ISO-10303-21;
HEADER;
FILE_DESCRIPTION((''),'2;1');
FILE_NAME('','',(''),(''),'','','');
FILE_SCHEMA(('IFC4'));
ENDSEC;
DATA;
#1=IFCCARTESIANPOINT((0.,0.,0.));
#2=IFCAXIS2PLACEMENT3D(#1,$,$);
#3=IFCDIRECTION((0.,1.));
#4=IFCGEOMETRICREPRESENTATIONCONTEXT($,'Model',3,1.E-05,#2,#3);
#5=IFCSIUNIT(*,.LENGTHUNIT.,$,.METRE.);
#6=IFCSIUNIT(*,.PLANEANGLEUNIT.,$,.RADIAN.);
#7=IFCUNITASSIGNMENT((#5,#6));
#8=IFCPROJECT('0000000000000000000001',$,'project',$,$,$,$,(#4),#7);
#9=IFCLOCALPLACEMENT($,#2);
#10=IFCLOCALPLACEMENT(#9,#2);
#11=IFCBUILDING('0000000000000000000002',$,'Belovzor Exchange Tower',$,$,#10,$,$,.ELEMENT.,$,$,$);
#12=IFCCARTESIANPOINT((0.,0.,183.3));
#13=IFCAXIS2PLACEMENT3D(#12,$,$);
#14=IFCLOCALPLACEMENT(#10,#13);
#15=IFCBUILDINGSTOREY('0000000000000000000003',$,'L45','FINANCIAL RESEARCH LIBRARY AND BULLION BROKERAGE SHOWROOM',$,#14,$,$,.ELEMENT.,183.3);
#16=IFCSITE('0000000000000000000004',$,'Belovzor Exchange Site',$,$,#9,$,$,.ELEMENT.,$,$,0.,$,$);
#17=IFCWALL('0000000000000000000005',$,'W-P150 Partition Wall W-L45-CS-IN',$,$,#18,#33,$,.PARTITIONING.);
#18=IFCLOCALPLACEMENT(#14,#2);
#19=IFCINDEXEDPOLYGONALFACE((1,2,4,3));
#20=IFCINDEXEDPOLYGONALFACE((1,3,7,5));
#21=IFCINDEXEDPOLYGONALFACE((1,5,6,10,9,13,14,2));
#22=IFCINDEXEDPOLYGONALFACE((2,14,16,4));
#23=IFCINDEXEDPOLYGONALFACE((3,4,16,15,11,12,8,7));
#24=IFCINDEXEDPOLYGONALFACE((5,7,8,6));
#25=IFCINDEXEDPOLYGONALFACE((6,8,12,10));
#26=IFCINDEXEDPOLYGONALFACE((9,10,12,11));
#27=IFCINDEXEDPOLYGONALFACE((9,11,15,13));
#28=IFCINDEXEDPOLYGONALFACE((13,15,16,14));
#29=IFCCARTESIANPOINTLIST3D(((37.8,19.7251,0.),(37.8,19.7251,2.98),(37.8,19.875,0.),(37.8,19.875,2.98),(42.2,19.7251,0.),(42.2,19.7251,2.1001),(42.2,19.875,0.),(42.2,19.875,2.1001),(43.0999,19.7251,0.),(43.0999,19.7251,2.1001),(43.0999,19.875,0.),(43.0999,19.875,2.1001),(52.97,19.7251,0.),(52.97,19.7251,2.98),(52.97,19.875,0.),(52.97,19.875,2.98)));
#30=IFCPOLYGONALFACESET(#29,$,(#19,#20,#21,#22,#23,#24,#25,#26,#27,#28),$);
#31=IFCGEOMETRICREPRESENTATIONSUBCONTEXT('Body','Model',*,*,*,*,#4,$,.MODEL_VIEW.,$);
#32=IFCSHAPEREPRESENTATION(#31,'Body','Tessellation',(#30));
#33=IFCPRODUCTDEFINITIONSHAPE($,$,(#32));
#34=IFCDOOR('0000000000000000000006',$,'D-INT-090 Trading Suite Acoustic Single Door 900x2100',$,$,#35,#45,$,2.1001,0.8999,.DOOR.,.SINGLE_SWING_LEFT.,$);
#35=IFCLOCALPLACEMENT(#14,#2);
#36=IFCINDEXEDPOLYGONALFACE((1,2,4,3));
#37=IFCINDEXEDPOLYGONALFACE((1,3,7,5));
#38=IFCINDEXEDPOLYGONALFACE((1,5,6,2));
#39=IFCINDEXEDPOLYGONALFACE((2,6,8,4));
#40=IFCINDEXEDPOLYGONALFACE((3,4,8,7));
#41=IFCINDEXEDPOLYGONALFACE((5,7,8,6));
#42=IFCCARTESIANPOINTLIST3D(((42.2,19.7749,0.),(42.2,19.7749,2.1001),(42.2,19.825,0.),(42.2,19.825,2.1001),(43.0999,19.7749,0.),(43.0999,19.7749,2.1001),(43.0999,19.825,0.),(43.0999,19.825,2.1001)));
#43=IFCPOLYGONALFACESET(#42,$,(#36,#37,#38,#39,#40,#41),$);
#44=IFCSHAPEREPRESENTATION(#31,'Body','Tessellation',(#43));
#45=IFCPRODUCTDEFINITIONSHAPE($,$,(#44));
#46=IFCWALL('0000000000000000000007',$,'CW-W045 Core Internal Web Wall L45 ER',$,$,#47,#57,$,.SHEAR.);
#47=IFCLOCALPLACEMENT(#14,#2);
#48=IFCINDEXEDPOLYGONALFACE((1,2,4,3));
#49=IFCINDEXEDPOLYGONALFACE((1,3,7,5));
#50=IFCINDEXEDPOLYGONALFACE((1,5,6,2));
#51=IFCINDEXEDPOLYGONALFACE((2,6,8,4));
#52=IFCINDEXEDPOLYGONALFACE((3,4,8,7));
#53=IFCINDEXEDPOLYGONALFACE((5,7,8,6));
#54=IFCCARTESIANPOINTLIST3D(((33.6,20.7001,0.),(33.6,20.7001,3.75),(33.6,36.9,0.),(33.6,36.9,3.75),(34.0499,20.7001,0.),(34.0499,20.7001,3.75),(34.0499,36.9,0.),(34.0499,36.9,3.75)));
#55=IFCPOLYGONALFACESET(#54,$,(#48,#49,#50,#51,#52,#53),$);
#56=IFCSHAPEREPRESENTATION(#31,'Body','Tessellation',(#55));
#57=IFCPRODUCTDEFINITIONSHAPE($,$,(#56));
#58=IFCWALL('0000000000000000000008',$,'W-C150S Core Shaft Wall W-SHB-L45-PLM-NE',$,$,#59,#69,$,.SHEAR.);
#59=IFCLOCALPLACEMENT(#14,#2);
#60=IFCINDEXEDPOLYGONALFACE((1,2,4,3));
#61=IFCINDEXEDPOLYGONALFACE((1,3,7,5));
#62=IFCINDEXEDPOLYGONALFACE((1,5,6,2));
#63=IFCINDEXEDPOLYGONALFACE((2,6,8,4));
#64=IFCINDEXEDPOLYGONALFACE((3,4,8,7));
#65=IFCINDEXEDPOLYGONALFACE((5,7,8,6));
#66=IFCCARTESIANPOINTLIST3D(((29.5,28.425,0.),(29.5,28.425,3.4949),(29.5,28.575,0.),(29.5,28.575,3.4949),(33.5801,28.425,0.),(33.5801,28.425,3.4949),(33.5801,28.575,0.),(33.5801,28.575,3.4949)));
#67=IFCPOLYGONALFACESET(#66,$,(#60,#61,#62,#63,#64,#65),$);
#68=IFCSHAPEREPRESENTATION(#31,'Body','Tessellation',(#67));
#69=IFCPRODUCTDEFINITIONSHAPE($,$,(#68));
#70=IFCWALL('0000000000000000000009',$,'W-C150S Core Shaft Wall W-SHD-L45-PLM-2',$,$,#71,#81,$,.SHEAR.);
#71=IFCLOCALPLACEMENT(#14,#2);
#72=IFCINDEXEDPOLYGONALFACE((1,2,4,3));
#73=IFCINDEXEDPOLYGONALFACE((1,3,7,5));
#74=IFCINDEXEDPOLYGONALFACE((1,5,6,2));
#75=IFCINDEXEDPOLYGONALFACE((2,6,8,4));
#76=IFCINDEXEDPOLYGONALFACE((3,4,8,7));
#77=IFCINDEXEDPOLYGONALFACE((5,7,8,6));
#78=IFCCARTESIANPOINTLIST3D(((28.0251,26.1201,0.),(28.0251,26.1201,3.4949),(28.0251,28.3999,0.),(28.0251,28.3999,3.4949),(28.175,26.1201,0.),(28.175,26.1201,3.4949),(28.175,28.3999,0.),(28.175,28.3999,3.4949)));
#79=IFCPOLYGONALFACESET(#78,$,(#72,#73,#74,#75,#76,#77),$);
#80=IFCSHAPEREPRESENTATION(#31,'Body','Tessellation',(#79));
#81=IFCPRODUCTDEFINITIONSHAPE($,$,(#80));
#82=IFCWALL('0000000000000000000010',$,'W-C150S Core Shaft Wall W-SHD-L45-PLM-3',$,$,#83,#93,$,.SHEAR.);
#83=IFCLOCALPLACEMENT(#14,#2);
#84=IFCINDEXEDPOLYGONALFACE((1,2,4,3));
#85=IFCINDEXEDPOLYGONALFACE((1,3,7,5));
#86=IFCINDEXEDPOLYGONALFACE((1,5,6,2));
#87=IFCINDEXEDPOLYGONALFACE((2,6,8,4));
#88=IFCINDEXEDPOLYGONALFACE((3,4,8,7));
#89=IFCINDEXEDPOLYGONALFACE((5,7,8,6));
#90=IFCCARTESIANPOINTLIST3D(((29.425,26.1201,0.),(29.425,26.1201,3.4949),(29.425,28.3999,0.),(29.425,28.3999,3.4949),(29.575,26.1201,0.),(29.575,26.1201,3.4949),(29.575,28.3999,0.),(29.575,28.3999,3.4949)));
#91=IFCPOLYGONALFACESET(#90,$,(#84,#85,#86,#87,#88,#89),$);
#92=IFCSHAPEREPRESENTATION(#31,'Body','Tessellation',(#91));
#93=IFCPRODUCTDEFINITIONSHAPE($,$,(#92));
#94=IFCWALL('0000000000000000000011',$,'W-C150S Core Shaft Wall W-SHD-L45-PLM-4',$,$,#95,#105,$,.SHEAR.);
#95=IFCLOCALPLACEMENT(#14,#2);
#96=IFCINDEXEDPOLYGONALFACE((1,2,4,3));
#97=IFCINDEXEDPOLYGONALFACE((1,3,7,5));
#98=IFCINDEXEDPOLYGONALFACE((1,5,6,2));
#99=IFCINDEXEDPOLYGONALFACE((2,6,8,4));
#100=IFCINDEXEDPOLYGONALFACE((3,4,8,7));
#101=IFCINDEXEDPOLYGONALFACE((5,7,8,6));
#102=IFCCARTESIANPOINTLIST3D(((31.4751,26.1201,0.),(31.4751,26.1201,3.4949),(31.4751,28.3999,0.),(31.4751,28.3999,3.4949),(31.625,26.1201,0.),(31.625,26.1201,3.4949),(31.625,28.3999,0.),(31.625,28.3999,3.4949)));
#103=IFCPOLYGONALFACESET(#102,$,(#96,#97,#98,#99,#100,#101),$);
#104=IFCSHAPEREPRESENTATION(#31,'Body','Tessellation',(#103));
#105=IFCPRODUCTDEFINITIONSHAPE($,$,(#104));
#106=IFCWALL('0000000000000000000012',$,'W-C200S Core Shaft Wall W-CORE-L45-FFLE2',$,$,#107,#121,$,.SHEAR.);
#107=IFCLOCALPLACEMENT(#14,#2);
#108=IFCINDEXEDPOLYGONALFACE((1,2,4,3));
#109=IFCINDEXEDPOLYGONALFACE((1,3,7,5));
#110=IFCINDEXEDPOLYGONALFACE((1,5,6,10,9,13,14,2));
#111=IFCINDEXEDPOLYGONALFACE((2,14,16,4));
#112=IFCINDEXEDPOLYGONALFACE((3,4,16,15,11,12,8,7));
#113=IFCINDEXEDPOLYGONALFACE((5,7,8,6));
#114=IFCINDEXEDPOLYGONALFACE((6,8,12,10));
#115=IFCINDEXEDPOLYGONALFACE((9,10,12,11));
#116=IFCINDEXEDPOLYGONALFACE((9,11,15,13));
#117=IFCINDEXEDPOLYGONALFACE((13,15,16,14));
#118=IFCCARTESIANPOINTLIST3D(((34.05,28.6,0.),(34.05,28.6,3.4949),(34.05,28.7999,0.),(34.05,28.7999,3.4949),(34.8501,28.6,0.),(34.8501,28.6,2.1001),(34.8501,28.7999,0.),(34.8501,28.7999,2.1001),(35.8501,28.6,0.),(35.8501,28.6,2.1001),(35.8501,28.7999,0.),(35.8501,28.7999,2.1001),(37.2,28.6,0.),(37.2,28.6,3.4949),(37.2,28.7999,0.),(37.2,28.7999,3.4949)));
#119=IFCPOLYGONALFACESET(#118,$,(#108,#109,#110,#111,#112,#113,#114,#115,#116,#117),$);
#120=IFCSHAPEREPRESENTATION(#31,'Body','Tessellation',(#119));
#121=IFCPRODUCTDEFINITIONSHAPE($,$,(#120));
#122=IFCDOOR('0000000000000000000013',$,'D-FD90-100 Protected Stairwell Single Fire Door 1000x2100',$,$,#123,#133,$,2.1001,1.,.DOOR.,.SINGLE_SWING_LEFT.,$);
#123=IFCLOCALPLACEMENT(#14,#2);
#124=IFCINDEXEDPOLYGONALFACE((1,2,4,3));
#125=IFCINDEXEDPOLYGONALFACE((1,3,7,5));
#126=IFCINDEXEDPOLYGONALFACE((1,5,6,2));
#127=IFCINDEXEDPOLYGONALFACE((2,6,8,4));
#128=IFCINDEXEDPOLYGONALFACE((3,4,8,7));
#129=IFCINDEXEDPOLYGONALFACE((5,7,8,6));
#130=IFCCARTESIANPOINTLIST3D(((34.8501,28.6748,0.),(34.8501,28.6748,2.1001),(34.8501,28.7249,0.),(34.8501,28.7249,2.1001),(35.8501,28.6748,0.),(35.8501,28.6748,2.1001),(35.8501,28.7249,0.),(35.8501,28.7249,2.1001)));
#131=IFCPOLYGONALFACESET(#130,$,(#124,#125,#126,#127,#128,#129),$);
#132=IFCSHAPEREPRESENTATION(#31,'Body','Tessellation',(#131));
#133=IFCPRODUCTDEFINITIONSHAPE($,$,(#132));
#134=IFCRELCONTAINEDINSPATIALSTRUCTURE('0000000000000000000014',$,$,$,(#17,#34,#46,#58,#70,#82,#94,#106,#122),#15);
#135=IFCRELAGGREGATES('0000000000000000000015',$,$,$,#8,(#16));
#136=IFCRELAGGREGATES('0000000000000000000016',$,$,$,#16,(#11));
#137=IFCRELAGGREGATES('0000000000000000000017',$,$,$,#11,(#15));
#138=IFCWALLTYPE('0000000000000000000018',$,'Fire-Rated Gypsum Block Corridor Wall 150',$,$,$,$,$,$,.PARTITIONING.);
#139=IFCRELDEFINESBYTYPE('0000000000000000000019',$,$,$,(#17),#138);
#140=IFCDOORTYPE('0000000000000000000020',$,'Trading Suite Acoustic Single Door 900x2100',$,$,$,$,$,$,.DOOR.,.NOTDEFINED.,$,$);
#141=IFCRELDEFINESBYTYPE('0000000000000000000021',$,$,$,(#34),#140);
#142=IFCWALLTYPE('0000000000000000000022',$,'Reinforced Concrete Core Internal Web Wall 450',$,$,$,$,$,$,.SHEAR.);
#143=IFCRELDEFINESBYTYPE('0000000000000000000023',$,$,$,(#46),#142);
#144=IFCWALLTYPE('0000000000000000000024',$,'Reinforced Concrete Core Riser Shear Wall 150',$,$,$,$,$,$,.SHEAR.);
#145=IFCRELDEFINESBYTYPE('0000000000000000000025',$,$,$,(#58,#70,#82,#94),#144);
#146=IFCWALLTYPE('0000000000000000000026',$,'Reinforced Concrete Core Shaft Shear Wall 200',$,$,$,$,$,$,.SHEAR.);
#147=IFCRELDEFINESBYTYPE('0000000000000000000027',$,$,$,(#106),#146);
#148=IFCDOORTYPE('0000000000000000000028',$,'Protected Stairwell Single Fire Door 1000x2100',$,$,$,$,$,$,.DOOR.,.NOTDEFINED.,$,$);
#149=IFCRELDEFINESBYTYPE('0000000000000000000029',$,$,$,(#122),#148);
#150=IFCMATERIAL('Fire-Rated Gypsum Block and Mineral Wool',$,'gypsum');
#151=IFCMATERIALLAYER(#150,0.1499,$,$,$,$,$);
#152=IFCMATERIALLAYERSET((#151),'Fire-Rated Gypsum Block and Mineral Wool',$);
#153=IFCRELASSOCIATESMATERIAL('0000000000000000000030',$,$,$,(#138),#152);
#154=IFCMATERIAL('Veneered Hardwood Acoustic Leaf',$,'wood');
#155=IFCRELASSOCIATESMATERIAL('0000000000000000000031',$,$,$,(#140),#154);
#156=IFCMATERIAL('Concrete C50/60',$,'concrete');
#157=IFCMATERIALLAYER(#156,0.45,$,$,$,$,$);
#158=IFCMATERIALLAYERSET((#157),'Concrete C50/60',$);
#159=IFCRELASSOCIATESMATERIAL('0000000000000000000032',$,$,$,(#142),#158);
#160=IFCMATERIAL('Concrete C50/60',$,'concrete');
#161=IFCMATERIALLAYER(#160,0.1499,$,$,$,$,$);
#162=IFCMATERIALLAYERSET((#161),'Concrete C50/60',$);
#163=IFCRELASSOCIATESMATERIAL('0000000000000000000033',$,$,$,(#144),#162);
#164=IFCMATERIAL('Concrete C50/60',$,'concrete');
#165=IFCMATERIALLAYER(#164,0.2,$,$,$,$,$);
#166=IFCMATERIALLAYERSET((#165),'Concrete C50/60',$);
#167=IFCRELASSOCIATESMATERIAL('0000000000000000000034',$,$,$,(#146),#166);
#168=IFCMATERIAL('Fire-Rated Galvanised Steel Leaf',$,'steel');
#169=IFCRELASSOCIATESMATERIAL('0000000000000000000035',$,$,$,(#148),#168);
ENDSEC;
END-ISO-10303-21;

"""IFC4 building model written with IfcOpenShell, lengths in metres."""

from ifc_helpers import new_model, si_unit, direction, frame, frame_2d, origin, place, context, subcontext, project, spatial, rectangle, extrude, material, layer, layer_set, type_object, element, fill, save


model = new_model("IFC4")

# Units and contexts
model_context = context("Model", 3, precision=1e-05, world=origin(), true_north=direction((0.0, 1.0)))
body_context = subcontext(model_context, "Body", "Model", "MODEL_VIEW")
ifc_project = project(units=[si_unit("LENGTHUNIT", "METRE"), si_unit("PLANEANGLEUNIT", "RADIAN")], contexts=[model_context])

# Site, building, storey
site_placement = place(None, origin())
site = spatial("IfcSite", under=ifc_project, at=site_placement, Name="Belovzor Exchange Site", CompositionType="ELEMENT", RefElevation=0.0)
building_placement = place(site_placement, origin())
building = spatial("IfcBuilding", under=site, at=building_placement, Name="Belovzor Exchange Tower", CompositionType="ELEMENT")
storey_placement = place(building_placement, frame((0.0, 0.0, 183.3)))
storey = spatial("IfcBuildingStorey", under=building, at=storey_placement, Name="L45", Description="FINANCIAL RESEARCH LIBRARY AND BULLION BROKERAGE SHOWROOM", CompositionType="ELEMENT", Elevation=183.3)

# Shared definitions
ifc_material_1 = material(Name="Fire-Rated Gypsum Block and Mineral Wool", Category="gypsum")
ifc_layer_1 = layer(ifc_material_1, 0.1499)
ifc_layer_set_1 = layer_set([ifc_layer_1], Name="Fire-Rated Gypsum Block and Mineral Wool")
wall_type_1 = type_object("IfcWallType", Name="Fire-Rated Gypsum Block Corridor Wall 150", PredefinedType="PARTITIONING", material=ifc_layer_set_1)

# Wall, opening, door
wall_1_placement = place(storey_placement, frame((37.8, 19.8, 0.0), z_axis=(0.0, 0.0, 1.0), x_axis=(1.0, 0.0, 0.0)))
wall_1 = element("IfcWall", 1, at=wall_1_placement, inside=storey, type_object=wall_type_1, Name="W-P150 Partition Wall W-L45-CS-IN", PredefinedType="PARTITIONING", context=body_context, shape_type="SweptSolid", body=[
    extrude(rectangle(XDim=15.1699, YDim=0.1499, at=frame_2d((7.585, 0.0))), origin(), (0.0, 0.0, 1.0), 2.98),
])
opening_1_placement = place(wall_1_placement, frame((4.3999, 0.0, 0.0)))
opening_1 = element("IfcOpeningElement", 2, at=opening_1_placement, cuts=wall_1, PredefinedType="OPENING", context=body_context, shape_type="SweptSolid", body=[
    extrude(rectangle(XDim=0.8999, YDim=2.1001, at=frame_2d((0.45, 1.05))), frame((0.0, 0.085, 0.0), z_axis=(0.0, -1.0, 0.0), x_axis=(1.0, 0.0, 0.0)), (0.0, 0.0, 1.0), 0.1699),
])
ifc_material_2 = material(Name="Veneered Hardwood Acoustic Leaf", Category="wood")
door_type_1 = type_object("IfcDoorType", Name="Trading Suite Acoustic Single Door 900x2100", OperationType="NOTDEFINED", PredefinedType="DOOR", material=ifc_material_2)
door_1_placement = place(opening_1_placement, origin())
door_1 = element("IfcDoor", 3, at=door_1_placement, inside=storey, type_object=door_type_1, Name="D-INT-090 Trading Suite Acoustic Single Door 900x2100", OperationType="SINGLE_SWING_LEFT", OverallHeight=2.1001, OverallWidth=0.8999, PredefinedType="DOOR", context=body_context, shape_type="SweptSolid", body=[
    extrude(rectangle(XDim=0.8999, YDim=2.1001, at=frame_2d((0.45, 1.05))), frame((0.0, 0.0249, 0.0), z_axis=(0.0, -1.0, 0.0), x_axis=(1.0, 0.0, 0.0)), (0.0, 0.0, 1.0), 0.05),
])
fill(opening_1, door_1)

# Walls
ifc_material_3 = material(Name="Concrete C50/60", Category="concrete")
ifc_layer_2 = layer(ifc_material_3, 0.45)
ifc_layer_set_2 = layer_set([ifc_layer_2], Name="Concrete C50/60")
wall_type_2 = type_object("IfcWallType", Name="Reinforced Concrete Core Internal Web Wall 450", PredefinedType="SHEAR", material=ifc_layer_set_2)
wall_2_placement = place(storey_placement, frame((33.825, 20.7, 0.0), z_axis=(0.0, 0.0, 1.0), x_axis=(0.0, 1.0, 0.0)))
element("IfcWall", 4, at=wall_2_placement, inside=storey, type_object=wall_type_2, Name="CW-W045 Core Internal Web Wall L45 ER", PredefinedType="SHEAR", context=body_context, shape_type="SweptSolid", body=[
    extrude(rectangle(XDim=16.2, YDim=0.45, at=frame_2d((8.1001, 0.0))), origin(), (0.0, 0.0, 1.0), 3.75),
])
ifc_material_4 = material(Name="Concrete C50/60", Category="concrete")
ifc_layer_3 = layer(ifc_material_4, 0.1499)
ifc_layer_set_3 = layer_set([ifc_layer_3], Name="Concrete C50/60")
wall_type_3 = type_object("IfcWallType", Name="Reinforced Concrete Core Riser Shear Wall 150", PredefinedType="SHEAR", material=ifc_layer_set_3)
wall_3_placement = place(storey_placement, frame((29.5, 28.5, 0.0), z_axis=(0.0, 0.0, 1.0), x_axis=(1.0, 0.0, 0.0)))
element("IfcWall", 5, at=wall_3_placement, inside=storey, type_object=wall_type_3, Name="W-C150S Core Shaft Wall W-SHB-L45-PLM-NE", PredefinedType="SHEAR", context=body_context, shape_type="SweptSolid", body=[
    extrude(rectangle(XDim=4.0801, YDim=0.1499, at=frame_2d((2.04, 0.0))), origin(), (0.0, 0.0, 1.0), 3.4949),
])
for number, where, z_axis, x_axis, name in (
    (6, (28.1001, 26.1201, 0.0), (0.0, 0.0, 1.0), (0.0, 1.0, 0.0), "W-C150S Core Shaft Wall W-SHD-L45-PLM-2"),
    (7, (29.5, 26.1201, 0.0), (0.0, 0.0, 1.0), (0.0, 1.0, 0.0), "W-C150S Core Shaft Wall W-SHD-L45-PLM-3"),
    (8, (31.55, 26.1201, 0.0), (0.0, 0.0, 1.0), (0.0, 1.0, 0.0), "W-C150S Core Shaft Wall W-SHD-L45-PLM-4"),
):
    element("IfcWall", number, at=place(storey_placement, frame(where, z_axis=z_axis, x_axis=x_axis)), inside=storey, type_object=wall_type_3, Name=name, PredefinedType="SHEAR", context=body_context, shape_type="SweptSolid", body=[
        extrude(rectangle(XDim=2.2798, YDim=0.1499, at=frame_2d((1.1399, 0.0))), origin(), (0.0, 0.0, 1.0), 3.4949),
    ])

# Wall, opening, door
ifc_material_5 = material(Name="Concrete C50/60", Category="concrete")
ifc_layer_4 = layer(ifc_material_5, 0.2)
ifc_layer_set_4 = layer_set([ifc_layer_4], Name="Concrete C50/60")
wall_type_4 = type_object("IfcWallType", Name="Reinforced Concrete Core Shaft Shear Wall 200", PredefinedType="SHEAR", material=ifc_layer_set_4)
wall_4_placement = place(storey_placement, frame((34.05, 28.7, 0.0), z_axis=(0.0, 0.0, 1.0), x_axis=(1.0, 0.0, 0.0)))
wall_4 = element("IfcWall", 9, at=wall_4_placement, inside=storey, type_object=wall_type_4, Name="W-C200S Core Shaft Wall W-CORE-L45-FFLE2", PredefinedType="SHEAR", context=body_context, shape_type="SweptSolid", body=[
    extrude(rectangle(XDim=3.1499, YDim=0.2, at=frame_2d((1.575, 0.0))), origin(), (0.0, 0.0, 1.0), 3.4949),
])
opening_2_placement = place(wall_4_placement, frame((0.8, 0.0, 0.0)))
opening_2 = element("IfcOpeningElement", 10, at=opening_2_placement, cuts=wall_4, PredefinedType="OPENING", context=body_context, shape_type="SweptSolid", body=[
    extrude(rectangle(XDim=1.0, YDim=2.1001, at=frame_2d((0.5, 1.05))), frame((0.0, 0.1099, 0.0), z_axis=(0.0, -1.0, 0.0), x_axis=(1.0, 0.0, 0.0)), (0.0, 0.0, 1.0), 0.22),
])
ifc_material_6 = material(Name="Fire-Rated Galvanised Steel Leaf", Category="steel")
door_type_2 = type_object("IfcDoorType", Name="Protected Stairwell Single Fire Door 1000x2100", OperationType="NOTDEFINED", PredefinedType="DOOR", material=ifc_material_6)
door_2_placement = place(opening_2_placement, origin())
door_2 = element("IfcDoor", 11, at=door_2_placement, inside=storey, type_object=door_type_2, Name="D-FD90-100 Protected Stairwell Single Fire Door 1000x2100", OperationType="SINGLE_SWING_LEFT", OverallHeight=2.1001, OverallWidth=1.0, PredefinedType="DOOR", context=body_context, shape_type="SweptSolid", body=[
    extrude(rectangle(XDim=1.0, YDim=2.1001, at=frame_2d((0.5, 1.05))), frame((0.0, 0.0249, 0.0), z_axis=(0.0, -1.0, 0.0), x_axis=(1.0, 0.0, 0.0)), (0.0, 0.0, 1.0), 0.05),
])
fill(opening_2, door_2)

save(model, "model.ifc")
